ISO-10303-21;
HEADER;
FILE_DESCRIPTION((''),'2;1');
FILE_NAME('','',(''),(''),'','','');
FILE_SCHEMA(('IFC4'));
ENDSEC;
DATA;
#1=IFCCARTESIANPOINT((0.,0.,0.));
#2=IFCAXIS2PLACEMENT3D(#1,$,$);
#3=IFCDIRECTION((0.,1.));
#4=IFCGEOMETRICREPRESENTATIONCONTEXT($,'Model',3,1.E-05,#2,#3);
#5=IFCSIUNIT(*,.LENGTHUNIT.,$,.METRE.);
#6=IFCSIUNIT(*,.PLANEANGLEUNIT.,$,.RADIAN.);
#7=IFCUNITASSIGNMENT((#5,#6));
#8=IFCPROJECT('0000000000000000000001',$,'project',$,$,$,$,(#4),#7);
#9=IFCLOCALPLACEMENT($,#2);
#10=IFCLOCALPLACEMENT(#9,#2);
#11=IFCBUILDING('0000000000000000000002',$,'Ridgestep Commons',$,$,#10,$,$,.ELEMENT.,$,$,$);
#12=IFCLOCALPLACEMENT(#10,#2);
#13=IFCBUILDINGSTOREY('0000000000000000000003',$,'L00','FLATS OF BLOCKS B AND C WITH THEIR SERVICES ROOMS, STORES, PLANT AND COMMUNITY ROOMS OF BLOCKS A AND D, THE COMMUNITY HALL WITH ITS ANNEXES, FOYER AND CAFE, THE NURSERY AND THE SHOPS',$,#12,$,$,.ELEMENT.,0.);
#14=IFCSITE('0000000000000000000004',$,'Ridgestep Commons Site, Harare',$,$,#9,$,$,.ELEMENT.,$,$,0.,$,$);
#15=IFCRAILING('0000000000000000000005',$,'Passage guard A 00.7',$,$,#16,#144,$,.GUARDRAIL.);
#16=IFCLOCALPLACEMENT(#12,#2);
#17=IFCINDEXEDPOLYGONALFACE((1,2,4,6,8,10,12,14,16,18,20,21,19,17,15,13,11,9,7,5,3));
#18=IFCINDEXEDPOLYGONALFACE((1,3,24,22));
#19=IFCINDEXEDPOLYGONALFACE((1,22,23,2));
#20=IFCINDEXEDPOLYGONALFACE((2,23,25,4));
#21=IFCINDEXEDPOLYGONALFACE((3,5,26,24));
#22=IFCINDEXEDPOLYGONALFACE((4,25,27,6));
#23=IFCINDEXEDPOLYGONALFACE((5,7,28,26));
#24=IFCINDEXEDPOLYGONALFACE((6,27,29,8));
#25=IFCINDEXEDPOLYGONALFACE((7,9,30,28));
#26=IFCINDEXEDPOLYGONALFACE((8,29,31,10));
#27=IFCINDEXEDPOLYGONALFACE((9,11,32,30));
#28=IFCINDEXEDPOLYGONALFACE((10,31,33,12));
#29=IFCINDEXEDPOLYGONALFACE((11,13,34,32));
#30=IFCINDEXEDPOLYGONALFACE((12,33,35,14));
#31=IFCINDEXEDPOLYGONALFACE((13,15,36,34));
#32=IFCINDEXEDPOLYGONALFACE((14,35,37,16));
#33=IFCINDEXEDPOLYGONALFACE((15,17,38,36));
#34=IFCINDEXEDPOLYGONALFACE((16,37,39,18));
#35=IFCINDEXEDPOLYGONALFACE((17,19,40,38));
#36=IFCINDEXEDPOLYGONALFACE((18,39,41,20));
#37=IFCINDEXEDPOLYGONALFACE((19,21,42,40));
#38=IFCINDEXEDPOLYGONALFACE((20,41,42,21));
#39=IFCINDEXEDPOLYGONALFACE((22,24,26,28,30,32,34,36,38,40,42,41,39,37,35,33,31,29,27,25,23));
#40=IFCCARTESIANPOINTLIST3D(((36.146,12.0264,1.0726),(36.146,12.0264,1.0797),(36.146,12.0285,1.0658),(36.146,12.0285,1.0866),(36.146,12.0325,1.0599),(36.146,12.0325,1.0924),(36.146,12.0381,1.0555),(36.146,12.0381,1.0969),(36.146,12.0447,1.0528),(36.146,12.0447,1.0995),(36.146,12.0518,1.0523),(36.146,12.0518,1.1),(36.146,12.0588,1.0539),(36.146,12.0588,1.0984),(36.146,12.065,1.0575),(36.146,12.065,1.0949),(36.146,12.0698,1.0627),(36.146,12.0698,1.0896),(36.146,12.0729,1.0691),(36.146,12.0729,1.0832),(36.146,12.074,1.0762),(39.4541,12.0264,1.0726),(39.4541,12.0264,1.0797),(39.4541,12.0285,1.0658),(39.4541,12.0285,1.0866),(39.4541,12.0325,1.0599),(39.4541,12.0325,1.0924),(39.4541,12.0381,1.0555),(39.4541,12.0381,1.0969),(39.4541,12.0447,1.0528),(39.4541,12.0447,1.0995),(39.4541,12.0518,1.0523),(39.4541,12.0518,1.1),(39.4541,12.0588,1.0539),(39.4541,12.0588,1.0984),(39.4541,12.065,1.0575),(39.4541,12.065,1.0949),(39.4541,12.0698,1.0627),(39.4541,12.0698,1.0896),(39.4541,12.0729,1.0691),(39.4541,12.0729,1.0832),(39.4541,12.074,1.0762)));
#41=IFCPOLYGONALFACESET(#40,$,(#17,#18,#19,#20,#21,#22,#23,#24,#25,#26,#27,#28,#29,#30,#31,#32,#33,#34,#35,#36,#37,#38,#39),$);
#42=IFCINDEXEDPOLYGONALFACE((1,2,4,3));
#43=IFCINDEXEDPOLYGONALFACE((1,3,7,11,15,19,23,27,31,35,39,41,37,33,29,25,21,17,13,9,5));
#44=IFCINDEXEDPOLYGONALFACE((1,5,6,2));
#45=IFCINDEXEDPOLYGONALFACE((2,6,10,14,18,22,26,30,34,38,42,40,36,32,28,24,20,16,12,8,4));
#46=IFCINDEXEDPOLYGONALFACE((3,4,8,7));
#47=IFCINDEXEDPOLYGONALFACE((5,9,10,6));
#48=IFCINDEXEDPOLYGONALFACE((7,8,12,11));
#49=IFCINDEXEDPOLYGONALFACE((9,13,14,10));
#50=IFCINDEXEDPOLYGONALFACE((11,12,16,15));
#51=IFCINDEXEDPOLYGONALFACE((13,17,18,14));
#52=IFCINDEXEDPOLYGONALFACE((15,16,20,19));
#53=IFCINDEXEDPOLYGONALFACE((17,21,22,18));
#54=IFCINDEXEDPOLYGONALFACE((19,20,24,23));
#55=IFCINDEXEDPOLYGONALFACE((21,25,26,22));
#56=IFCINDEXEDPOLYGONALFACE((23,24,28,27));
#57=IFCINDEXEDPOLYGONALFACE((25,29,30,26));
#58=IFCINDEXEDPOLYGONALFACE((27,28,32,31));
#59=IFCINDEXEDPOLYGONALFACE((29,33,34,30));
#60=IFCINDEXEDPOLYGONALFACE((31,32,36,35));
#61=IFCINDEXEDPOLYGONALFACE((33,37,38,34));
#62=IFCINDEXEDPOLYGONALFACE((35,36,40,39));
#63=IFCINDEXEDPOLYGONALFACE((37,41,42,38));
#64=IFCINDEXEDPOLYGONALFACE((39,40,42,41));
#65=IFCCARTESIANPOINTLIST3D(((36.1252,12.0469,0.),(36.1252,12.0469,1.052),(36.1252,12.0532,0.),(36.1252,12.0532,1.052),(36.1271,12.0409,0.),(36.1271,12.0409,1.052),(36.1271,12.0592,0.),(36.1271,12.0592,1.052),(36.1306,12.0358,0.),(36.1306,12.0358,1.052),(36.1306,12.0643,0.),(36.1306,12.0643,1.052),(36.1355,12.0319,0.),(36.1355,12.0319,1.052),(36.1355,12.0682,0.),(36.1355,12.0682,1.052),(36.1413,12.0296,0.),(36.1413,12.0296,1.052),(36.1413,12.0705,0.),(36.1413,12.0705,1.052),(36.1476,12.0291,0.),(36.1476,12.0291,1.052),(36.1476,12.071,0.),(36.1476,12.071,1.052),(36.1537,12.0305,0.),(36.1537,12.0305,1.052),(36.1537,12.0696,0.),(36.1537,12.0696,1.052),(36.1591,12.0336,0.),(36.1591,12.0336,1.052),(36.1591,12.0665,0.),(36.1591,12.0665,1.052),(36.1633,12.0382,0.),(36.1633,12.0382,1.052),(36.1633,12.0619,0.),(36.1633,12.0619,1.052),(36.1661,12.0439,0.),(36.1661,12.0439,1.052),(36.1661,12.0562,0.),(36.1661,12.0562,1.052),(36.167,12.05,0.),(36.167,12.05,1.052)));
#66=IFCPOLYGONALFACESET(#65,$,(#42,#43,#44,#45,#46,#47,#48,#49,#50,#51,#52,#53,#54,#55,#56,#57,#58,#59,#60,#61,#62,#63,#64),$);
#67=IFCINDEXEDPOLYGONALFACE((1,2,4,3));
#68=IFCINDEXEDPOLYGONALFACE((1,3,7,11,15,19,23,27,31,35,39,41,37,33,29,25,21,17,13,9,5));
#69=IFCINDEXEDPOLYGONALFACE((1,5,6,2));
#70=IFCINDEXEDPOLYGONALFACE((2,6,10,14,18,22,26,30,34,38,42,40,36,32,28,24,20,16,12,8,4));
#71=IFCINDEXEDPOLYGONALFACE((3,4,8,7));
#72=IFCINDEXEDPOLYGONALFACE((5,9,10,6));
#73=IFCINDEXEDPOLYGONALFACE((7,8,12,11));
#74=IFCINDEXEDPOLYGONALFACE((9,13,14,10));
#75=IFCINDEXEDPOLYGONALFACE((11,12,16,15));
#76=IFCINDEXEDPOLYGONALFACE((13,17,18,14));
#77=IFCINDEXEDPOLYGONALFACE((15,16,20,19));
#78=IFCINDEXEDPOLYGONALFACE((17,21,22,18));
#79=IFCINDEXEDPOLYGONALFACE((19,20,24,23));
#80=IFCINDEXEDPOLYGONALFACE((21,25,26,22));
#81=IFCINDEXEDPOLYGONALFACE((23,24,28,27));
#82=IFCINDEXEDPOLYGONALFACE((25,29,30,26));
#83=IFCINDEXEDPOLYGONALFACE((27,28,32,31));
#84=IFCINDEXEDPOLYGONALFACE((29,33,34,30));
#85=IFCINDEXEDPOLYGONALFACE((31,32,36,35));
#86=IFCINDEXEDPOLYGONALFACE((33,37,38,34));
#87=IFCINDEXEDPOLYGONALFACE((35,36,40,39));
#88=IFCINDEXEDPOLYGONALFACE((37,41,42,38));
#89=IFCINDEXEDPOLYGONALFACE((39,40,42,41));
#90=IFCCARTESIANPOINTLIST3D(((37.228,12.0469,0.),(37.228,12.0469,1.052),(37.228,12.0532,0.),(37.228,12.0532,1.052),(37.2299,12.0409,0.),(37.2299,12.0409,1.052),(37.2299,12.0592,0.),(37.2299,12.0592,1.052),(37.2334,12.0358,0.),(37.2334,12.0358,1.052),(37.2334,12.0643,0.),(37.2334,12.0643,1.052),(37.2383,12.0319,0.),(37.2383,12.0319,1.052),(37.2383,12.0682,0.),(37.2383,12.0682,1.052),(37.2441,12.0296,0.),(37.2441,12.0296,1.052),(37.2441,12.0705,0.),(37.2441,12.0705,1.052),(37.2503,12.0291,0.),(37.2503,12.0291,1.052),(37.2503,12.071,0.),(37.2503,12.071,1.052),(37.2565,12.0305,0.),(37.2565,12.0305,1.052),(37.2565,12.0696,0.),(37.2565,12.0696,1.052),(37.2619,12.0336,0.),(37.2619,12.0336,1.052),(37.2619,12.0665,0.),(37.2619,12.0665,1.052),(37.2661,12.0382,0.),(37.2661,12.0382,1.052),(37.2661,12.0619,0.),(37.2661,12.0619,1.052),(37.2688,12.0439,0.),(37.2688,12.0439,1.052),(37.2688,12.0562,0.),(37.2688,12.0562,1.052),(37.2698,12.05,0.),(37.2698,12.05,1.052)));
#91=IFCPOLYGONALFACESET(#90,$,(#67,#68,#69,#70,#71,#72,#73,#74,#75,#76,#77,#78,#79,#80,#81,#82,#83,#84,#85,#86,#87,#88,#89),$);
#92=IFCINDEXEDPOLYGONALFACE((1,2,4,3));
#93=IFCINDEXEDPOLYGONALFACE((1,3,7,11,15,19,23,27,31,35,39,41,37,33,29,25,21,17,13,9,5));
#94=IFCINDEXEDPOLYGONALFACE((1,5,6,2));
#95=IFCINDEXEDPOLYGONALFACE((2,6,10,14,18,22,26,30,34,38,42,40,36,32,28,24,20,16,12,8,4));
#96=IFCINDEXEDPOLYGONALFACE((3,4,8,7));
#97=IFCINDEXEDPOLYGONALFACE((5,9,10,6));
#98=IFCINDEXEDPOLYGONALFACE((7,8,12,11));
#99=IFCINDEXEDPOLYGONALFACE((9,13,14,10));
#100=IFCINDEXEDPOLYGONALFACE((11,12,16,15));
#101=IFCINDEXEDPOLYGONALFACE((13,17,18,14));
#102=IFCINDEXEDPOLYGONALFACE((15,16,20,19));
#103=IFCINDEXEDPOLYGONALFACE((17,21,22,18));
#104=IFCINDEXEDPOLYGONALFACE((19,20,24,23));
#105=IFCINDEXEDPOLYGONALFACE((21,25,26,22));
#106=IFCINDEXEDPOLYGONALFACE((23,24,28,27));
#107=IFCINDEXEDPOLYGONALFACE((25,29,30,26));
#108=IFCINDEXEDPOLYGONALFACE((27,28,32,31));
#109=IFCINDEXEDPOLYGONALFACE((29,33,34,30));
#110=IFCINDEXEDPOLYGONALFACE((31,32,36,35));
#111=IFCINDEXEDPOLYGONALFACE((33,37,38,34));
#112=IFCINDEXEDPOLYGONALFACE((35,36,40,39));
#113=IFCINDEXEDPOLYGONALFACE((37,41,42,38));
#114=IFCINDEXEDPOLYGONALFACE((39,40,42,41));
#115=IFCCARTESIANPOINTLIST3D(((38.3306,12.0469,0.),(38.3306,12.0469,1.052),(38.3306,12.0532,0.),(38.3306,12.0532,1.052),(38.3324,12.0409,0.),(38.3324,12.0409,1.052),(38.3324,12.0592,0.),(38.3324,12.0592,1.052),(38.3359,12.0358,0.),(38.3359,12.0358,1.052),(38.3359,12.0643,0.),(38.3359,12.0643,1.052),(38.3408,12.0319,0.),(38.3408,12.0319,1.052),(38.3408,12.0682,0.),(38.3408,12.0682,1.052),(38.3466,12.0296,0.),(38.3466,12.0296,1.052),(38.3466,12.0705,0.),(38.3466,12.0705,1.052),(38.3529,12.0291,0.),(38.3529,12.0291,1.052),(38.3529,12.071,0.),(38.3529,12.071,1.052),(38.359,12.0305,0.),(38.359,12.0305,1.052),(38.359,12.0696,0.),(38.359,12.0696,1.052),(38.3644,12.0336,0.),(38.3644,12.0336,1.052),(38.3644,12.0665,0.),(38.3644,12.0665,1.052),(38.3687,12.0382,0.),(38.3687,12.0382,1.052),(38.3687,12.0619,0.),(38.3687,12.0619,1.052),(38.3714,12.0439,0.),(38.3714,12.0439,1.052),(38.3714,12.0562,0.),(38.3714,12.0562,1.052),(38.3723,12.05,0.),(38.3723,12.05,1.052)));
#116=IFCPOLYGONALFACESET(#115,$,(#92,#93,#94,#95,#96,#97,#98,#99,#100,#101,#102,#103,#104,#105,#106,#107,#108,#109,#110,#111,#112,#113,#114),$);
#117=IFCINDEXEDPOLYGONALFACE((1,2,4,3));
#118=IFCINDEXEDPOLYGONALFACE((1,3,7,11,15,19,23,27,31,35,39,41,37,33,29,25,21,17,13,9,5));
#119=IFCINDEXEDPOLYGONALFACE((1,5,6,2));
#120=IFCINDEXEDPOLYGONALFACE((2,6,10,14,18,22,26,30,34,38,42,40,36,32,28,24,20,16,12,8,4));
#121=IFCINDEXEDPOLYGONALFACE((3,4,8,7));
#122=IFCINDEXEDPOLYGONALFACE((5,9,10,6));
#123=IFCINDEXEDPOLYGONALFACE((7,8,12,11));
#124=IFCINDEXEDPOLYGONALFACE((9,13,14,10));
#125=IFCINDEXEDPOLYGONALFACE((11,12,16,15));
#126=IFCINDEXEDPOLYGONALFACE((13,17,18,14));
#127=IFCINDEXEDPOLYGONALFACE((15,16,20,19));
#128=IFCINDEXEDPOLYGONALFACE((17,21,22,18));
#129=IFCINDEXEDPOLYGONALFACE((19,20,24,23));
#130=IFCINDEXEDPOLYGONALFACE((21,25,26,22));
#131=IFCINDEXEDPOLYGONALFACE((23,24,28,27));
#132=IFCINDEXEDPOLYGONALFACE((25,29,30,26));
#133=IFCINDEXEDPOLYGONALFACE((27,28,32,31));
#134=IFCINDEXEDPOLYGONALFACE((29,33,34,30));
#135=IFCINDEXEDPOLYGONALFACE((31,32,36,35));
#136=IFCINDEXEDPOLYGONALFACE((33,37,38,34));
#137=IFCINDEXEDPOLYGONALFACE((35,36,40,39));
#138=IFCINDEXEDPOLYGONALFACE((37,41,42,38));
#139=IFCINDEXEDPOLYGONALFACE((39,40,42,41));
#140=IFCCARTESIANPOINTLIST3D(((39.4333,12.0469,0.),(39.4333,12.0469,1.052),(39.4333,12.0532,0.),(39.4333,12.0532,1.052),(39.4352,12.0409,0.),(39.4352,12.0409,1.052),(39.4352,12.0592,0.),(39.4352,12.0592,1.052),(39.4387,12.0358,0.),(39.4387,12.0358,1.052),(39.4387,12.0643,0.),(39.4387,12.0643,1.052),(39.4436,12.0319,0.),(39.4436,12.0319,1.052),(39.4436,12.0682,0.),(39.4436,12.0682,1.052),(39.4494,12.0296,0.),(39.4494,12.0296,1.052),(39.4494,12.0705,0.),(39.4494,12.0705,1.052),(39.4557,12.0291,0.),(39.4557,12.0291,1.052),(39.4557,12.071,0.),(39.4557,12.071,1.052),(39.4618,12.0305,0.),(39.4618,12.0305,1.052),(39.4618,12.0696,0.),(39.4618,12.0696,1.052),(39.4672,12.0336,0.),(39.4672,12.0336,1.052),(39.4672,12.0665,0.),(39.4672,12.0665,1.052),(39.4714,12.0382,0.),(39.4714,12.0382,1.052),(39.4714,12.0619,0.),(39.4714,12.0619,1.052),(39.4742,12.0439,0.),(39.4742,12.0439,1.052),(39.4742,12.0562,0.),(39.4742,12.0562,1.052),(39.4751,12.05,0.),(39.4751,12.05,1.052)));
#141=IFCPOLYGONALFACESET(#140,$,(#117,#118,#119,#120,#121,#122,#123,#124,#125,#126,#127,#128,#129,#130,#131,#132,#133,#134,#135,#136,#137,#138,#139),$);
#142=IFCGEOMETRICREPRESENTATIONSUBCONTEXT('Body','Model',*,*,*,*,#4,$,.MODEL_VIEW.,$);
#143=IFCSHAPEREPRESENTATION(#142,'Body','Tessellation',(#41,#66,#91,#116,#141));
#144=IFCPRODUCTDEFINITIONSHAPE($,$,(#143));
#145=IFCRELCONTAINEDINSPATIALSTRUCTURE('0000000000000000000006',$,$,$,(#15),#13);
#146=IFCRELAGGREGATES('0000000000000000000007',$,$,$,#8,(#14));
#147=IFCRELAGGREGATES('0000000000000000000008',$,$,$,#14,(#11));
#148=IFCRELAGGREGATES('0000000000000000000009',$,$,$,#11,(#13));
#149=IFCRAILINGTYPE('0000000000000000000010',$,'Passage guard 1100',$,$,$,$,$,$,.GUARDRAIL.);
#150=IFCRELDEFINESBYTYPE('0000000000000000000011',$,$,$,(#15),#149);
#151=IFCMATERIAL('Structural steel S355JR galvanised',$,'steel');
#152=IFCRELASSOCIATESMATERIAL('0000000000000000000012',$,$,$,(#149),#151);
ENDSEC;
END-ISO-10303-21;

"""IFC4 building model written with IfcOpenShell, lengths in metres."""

from ifc_helpers import new_model, si_unit, direction, frame, origin, origin_2d, place, context, subcontext, project, spatial, circle, extrude, material, type_object, element, save


model = new_model("IFC4")

# Units and contexts
model_context = context("Model", 3, precision=1e-05, world=origin(), true_north=direction((0.0, 1.0)))
body_context = subcontext(model_context, "Body", "Model", "MODEL_VIEW")
ifc_project = project(units=[si_unit("LENGTHUNIT", "METRE"), si_unit("PLANEANGLEUNIT", "RADIAN")], contexts=[model_context])

# Site, building, storey
site_placement = place(None, origin())
site = spatial("IfcSite", under=ifc_project, at=site_placement, Name="Ridgestep Commons Site, Harare", CompositionType="ELEMENT", RefElevation=0.0)
building_placement = place(site_placement, origin())
building = spatial("IfcBuilding", under=site, at=building_placement, Name="Ridgestep Commons", CompositionType="ELEMENT")
storey_placement = place(building_placement, origin())
storey = spatial("IfcBuildingStorey", under=building, at=storey_placement, Name="L00", Description="FLATS OF BLOCKS B AND C WITH THEIR SERVICES ROOMS, STORES, PLANT AND COMMUNITY ROOMS OF BLOCKS A AND D, THE COMMUNITY HALL WITH ITS ANNEXES, FOYER AND CAFE, THE NURSERY AND THE SHOPS", CompositionType="ELEMENT", Elevation=0.0)

# Railing
ifc_material_1 = material(Name="Structural steel S355JR galvanised", Category="steel")
railing_type_1 = type_object("IfcRailingType", Name="Passage guard 1100", PredefinedType="GUARDRAIL", material=ifc_material_1)
for number, where, name in (
    (1, (36.146, 12.05, 0.0), "Passage guard A 00.7"),
):
    element("IfcRailing", number, at=place(storey_placement, frame(where)), inside=storey, type_object=railing_type_1, Name=name, PredefinedType="GUARDRAIL", context=body_context, shape_type="SweptSolid", body=[
        extrude(circle(Radius=0.0239, at=origin_2d()), frame((0.0, 0.0, 1.0762), z_axis=(1.0, 0.0, 0.0), x_axis=(0.0, 1.0, 0.0)), (0.0, 0.0, 1.0), 3.3081),
        extrude(circle(Radius=0.021, at=origin_2d()), origin(), (0.0, 0.0, 1.0), 1.052),
        extrude(circle(Radius=0.021, at=origin_2d()), frame((1.1028, 0.0, 0.0)), (0.0, 0.0, 1.0), 1.052),
        extrude(circle(Radius=0.021, at=origin_2d()), frame((2.2053, 0.0, 0.0)), (0.0, 0.0, 1.0), 1.052),
        extrude(circle(Radius=0.021, at=origin_2d()), frame((3.3081, 0.0, 0.0)), (0.0, 0.0, 1.0), 1.052),
    ])

save(model, "model.ifc")
